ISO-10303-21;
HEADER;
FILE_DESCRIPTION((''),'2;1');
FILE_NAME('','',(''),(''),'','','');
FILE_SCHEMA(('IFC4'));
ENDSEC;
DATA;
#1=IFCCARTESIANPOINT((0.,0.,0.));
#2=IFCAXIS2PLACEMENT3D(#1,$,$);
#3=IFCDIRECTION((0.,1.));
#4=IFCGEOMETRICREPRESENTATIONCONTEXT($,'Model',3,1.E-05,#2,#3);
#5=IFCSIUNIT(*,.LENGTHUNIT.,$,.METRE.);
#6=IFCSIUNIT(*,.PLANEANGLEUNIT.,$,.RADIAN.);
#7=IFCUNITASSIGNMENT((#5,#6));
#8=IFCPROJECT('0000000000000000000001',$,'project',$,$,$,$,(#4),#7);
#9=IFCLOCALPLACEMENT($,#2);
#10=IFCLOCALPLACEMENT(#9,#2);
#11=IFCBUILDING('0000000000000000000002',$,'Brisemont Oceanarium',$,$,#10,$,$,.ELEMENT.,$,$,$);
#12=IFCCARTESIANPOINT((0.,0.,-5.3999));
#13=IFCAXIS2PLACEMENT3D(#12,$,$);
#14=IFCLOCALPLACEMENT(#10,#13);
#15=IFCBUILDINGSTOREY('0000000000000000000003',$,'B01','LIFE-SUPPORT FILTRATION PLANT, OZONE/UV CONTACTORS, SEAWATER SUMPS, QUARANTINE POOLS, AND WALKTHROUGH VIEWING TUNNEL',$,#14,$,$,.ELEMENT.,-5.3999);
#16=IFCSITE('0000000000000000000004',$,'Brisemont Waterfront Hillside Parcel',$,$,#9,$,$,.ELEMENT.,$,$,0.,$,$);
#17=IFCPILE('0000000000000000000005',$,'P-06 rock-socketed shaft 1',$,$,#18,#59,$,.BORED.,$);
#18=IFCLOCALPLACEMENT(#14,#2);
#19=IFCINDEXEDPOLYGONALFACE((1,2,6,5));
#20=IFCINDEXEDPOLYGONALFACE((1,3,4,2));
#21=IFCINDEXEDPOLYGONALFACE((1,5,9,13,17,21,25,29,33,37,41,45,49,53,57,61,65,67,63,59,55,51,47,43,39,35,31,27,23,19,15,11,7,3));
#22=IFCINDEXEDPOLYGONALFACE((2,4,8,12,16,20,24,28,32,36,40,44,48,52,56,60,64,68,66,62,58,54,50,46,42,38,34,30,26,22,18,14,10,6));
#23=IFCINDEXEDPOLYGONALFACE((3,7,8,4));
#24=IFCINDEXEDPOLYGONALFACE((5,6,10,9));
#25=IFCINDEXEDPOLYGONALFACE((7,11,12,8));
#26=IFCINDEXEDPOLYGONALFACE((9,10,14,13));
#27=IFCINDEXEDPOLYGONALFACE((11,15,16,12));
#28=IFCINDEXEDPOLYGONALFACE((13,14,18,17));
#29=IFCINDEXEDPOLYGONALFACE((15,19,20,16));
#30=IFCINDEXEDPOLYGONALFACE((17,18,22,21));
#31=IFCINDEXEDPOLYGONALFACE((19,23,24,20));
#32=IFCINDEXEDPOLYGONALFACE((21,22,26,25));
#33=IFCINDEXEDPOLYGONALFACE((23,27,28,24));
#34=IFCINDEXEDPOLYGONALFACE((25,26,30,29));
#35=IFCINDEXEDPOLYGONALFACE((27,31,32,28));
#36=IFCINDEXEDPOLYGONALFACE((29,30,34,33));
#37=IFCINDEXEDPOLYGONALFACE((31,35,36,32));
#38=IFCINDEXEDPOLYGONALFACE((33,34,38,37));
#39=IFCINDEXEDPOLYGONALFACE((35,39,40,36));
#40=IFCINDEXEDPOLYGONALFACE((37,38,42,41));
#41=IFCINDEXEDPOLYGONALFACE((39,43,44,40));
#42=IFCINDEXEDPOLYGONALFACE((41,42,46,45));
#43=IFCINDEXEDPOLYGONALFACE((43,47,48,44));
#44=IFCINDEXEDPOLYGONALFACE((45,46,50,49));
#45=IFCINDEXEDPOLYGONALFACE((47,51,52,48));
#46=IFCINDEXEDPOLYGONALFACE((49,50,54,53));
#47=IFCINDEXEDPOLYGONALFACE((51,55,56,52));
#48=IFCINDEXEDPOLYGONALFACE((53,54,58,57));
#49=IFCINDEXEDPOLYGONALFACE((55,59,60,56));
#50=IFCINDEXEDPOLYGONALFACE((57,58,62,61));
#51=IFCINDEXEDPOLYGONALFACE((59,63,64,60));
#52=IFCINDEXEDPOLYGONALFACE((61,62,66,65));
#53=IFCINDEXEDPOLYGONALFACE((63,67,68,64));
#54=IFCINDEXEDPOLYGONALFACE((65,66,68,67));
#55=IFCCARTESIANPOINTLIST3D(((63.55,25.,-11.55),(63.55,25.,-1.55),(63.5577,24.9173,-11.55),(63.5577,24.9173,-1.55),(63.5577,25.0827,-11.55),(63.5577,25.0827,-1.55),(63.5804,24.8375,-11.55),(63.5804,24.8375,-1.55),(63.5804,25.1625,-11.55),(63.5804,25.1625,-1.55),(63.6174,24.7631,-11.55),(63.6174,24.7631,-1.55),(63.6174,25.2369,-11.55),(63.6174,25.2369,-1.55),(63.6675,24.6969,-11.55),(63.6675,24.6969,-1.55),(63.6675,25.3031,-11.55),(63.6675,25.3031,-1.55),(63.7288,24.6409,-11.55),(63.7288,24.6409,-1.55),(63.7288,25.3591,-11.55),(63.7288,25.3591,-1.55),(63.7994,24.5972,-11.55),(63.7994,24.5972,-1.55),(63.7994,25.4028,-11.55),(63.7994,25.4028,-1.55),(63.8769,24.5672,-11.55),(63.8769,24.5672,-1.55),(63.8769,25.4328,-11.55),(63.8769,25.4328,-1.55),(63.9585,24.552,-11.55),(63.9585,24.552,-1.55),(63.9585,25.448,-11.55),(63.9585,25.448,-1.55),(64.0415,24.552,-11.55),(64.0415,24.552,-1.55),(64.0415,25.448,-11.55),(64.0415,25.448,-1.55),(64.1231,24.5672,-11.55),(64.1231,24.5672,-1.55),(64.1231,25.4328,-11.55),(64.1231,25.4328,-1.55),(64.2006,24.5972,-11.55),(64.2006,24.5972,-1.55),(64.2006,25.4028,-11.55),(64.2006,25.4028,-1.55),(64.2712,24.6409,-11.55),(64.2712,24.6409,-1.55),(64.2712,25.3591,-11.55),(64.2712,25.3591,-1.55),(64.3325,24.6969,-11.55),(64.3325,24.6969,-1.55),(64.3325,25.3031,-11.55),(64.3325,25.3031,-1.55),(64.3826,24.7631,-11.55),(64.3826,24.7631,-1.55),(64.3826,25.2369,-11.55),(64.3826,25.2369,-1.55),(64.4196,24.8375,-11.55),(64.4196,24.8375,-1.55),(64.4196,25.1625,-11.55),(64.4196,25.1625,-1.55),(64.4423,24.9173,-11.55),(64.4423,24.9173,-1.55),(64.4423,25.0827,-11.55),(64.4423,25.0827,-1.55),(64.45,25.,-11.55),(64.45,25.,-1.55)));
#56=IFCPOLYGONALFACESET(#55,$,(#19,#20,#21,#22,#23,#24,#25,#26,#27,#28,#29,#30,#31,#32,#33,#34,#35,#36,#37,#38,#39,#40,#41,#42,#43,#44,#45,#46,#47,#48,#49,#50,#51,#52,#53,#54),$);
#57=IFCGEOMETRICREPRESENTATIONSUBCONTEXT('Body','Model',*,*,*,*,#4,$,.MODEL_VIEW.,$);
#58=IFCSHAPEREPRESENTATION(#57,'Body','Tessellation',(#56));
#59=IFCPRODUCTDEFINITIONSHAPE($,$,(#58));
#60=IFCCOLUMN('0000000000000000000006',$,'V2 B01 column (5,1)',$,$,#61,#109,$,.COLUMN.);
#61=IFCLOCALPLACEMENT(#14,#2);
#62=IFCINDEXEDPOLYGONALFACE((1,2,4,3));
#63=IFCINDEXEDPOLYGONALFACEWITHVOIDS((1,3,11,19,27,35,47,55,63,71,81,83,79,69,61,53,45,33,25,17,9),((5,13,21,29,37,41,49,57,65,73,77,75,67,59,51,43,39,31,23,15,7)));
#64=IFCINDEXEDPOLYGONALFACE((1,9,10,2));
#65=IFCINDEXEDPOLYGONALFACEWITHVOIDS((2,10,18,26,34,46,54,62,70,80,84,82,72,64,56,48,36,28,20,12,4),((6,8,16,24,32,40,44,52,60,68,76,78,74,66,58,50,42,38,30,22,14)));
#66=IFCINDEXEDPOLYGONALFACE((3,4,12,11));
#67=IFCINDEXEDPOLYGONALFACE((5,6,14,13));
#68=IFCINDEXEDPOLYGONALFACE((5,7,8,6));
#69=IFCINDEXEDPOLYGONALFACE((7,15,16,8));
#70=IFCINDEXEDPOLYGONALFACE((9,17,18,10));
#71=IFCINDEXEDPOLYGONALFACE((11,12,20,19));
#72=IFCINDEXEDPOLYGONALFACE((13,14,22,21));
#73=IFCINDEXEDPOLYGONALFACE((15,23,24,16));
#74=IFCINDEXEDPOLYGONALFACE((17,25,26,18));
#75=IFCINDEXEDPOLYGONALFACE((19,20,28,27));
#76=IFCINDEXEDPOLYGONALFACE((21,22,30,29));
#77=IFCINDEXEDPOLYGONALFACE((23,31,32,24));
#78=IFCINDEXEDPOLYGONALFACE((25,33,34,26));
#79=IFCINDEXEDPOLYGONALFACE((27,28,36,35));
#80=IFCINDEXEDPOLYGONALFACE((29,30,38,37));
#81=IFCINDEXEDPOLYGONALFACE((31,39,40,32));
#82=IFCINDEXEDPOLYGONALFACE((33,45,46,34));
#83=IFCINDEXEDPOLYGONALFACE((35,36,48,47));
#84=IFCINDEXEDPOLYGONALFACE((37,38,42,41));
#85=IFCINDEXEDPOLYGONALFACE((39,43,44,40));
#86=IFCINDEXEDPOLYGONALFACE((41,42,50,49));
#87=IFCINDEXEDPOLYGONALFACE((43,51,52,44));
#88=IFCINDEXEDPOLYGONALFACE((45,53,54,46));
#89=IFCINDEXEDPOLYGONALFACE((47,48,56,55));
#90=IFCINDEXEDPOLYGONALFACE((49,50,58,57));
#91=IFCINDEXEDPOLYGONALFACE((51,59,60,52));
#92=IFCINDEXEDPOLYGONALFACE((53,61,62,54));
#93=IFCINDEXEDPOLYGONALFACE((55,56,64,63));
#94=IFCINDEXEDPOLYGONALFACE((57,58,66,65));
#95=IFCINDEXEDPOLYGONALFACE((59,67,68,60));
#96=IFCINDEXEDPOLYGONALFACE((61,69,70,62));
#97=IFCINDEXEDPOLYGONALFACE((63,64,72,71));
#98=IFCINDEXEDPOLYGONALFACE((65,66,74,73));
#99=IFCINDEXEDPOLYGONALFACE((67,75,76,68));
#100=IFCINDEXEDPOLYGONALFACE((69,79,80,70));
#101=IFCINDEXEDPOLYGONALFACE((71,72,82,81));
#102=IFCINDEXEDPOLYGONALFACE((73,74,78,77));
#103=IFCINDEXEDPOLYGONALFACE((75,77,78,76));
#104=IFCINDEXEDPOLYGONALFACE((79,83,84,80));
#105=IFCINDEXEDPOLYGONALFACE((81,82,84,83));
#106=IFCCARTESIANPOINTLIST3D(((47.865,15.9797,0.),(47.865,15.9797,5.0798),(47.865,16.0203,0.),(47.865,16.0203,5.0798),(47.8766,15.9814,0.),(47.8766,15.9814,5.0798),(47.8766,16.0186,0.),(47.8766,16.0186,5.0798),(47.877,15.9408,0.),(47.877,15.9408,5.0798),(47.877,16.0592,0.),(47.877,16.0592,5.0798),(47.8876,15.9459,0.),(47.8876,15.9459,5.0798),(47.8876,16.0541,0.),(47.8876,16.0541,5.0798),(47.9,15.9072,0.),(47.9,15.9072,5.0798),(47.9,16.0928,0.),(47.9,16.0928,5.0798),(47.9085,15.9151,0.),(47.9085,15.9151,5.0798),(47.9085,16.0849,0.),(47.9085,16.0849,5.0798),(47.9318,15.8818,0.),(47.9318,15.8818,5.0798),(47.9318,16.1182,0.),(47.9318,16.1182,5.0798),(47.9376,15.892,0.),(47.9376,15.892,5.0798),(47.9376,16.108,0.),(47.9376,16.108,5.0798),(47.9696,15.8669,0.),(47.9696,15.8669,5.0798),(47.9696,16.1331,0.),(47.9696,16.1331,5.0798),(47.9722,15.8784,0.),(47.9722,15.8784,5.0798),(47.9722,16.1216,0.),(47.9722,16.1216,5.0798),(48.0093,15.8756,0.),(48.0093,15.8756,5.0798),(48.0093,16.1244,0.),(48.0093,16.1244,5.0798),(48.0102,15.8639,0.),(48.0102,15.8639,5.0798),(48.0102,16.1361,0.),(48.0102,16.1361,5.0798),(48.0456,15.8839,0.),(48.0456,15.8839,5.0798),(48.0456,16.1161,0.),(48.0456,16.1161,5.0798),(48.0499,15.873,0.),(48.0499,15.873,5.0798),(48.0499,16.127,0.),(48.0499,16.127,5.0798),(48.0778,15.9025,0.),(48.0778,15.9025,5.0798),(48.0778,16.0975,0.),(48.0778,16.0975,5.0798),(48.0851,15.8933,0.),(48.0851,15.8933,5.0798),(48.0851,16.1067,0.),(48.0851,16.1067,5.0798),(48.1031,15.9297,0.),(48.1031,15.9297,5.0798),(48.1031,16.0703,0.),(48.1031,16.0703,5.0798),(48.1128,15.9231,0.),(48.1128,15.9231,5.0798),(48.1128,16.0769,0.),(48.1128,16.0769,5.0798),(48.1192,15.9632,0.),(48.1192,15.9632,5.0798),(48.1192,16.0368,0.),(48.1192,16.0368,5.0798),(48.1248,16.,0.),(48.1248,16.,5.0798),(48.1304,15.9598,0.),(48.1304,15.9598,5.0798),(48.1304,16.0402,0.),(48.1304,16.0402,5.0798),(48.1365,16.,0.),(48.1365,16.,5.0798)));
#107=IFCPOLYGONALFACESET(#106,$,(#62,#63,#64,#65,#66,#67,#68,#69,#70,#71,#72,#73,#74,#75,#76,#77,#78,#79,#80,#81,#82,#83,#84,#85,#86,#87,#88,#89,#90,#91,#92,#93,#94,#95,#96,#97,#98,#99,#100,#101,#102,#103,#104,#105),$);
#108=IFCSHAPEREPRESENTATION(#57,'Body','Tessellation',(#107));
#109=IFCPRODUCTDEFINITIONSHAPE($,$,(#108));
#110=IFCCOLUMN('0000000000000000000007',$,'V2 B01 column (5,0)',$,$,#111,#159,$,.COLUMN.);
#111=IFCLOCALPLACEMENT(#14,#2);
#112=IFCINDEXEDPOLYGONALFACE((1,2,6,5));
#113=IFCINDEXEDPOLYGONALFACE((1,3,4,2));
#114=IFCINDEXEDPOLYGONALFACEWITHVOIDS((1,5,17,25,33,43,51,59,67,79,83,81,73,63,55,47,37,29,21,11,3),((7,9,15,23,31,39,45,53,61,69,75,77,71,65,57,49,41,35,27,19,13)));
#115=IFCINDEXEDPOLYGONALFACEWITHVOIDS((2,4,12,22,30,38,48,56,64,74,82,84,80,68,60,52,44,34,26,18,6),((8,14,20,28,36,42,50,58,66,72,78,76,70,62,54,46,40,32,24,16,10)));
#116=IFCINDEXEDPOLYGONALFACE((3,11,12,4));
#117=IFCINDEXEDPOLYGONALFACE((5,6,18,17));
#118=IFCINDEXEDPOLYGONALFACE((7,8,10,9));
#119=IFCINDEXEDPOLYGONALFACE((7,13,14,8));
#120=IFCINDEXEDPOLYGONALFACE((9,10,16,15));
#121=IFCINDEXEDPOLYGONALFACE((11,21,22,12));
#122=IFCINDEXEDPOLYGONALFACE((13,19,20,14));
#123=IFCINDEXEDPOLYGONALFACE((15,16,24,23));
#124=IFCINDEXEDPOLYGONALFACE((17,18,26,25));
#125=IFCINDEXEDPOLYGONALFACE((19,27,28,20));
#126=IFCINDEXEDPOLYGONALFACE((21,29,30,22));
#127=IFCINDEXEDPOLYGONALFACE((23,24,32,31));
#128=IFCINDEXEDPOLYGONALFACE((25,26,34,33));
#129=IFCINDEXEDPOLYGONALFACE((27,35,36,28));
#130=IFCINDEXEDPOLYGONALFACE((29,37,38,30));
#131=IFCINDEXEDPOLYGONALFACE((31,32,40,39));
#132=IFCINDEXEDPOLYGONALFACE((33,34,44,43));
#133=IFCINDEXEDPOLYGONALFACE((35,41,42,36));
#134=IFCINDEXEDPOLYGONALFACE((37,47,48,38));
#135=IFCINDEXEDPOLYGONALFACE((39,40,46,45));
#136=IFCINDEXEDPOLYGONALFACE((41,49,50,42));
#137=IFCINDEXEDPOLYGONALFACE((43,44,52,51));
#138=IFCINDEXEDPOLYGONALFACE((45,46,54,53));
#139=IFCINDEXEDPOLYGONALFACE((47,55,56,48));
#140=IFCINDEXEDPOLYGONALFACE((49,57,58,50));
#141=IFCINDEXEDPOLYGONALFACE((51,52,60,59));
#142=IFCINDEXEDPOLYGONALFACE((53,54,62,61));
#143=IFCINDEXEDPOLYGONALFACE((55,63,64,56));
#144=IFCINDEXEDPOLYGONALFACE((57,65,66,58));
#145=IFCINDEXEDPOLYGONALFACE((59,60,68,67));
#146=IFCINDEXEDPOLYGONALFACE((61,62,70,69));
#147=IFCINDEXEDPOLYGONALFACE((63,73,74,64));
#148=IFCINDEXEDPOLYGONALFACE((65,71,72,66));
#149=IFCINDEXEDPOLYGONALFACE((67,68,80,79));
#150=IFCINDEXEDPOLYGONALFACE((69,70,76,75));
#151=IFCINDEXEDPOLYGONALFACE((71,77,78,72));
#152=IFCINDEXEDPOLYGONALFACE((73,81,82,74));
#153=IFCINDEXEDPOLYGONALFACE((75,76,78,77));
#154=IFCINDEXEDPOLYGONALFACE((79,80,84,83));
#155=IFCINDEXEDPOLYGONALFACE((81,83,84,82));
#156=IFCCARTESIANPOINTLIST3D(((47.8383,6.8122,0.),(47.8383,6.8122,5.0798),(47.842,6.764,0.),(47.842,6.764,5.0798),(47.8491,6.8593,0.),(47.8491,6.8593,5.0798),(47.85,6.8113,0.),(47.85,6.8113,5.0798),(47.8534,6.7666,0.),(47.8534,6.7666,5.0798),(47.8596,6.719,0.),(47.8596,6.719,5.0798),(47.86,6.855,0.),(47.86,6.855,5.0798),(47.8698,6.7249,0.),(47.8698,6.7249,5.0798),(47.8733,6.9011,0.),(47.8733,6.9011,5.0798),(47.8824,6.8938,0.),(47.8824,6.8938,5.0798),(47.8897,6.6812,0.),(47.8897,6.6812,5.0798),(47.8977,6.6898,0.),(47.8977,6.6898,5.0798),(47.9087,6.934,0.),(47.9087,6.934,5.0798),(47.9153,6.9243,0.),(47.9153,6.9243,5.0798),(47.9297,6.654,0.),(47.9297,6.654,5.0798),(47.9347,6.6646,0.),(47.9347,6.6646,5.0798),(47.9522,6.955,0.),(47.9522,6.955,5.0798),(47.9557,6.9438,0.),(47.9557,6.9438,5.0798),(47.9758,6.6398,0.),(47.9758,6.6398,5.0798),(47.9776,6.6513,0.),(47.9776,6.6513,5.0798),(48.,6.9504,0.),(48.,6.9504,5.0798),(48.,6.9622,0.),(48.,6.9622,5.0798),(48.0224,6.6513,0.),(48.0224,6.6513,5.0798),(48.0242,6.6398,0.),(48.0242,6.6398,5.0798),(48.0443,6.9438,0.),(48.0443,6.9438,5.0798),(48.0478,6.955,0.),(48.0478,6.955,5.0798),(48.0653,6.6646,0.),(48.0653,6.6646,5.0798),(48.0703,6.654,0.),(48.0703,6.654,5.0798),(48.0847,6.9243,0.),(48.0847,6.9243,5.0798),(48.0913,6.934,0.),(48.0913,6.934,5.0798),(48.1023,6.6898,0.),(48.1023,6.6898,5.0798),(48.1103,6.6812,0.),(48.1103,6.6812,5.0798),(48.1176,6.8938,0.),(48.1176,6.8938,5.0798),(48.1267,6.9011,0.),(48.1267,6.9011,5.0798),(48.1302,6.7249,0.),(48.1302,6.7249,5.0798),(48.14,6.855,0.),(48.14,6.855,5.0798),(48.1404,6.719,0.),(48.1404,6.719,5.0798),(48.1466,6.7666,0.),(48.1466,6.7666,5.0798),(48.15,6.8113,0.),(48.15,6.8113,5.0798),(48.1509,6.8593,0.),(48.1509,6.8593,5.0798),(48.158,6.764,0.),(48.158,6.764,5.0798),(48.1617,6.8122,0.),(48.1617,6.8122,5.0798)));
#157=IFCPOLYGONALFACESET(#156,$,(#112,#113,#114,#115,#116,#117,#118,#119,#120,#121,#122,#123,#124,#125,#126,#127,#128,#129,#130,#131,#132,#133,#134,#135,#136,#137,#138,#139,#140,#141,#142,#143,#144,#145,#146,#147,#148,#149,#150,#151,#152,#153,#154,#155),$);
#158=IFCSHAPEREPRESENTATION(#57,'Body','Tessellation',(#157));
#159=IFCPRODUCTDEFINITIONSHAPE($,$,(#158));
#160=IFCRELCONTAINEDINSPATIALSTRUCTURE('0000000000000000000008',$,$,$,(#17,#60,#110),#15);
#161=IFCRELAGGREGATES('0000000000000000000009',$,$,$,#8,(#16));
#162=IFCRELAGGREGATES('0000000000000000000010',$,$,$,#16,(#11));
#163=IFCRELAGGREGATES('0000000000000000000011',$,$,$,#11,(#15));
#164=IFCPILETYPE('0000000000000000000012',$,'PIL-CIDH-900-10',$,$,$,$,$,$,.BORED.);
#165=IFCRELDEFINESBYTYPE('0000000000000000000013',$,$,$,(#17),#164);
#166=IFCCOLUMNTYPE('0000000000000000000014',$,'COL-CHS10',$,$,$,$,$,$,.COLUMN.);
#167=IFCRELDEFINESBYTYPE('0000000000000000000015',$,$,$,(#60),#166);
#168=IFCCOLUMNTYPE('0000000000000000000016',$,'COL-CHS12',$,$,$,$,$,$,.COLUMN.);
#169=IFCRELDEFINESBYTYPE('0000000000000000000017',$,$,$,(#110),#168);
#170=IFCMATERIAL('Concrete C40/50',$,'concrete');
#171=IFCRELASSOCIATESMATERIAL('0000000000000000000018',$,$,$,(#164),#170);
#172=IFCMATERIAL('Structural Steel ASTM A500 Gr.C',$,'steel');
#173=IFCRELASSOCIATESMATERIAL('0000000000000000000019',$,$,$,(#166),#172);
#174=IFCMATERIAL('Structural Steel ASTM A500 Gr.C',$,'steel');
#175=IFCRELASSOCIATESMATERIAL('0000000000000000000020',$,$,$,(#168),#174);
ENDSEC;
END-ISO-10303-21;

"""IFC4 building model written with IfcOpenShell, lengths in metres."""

from ifc_helpers import new_model, si_unit, direction, frame, origin, origin_2d, place, context, subcontext, project, spatial, circle, hollow_circle, extrude, material, material_profile, profile_set, type_object, element, save


model = new_model("IFC4")

# Units and contexts
model_context = context("Model", 3, precision=1e-05, world=origin(), true_north=direction((0.0, 1.0)))
body_context = subcontext(model_context, "Body", "Model", "MODEL_VIEW")
ifc_project = project(units=[si_unit("LENGTHUNIT", "METRE"), si_unit("PLANEANGLEUNIT", "RADIAN")], contexts=[model_context])

# Site, building, storey
site_placement = place(None, origin())
site = spatial("IfcSite", under=ifc_project, at=site_placement, Name="Brisemont Waterfront Hillside Parcel", CompositionType="ELEMENT", RefElevation=0.0)
building_placement = place(site_placement, origin())
building = spatial("IfcBuilding", under=site, at=building_placement, Name="Brisemont Oceanarium", CompositionType="ELEMENT")
storey_placement = place(building_placement, frame((0.0, 0.0, -5.3999)))
storey = spatial("IfcBuildingStorey", under=building, at=storey_placement, Name="B01", Description="LIFE-SUPPORT FILTRATION PLANT, OZONE/UV CONTACTORS, SEAWATER SUMPS, QUARANTINE POOLS, AND WALKTHROUGH VIEWING TUNNEL", CompositionType="ELEMENT", Elevation=-5.3999)

# Pile
ifc_material_1 = material(Name="Concrete C40/50", Category="concrete")
ifc_material_profile_1 = material_profile(ifc_material_1, circle(Radius=0.45, at=origin_2d()), Name="CIDH-D900")
ifc_profile_set_1 = profile_set([ifc_material_profile_1], Name="Concrete C40/50")
pile_type_1 = type_object("IfcPileType", Name="PIL-CIDH-900-10", PredefinedType="BORED", material=ifc_profile_set_1)
pile_placement = place(storey_placement, frame((64.0, 25.0, -1.55), z_axis=(0.0, 0.0, -1.0), x_axis=(1.0, 0.0, 0.0)))
element("IfcPile", 1, at=pile_placement, inside=storey, type_object=pile_type_1, Name="P-06 rock-socketed shaft 1", PredefinedType="BORED", context=body_context, shape_type="SweptSolid", body=[
    extrude(circle(Radius=0.45, at=origin_2d()), origin(), (0.0, 0.0, 1.0), 10.0),
])

# Columns
ifc_material_2 = material(Name="Structural Steel ASTM A500 Gr.C", Category="steel")
ifc_material_profile_2 = material_profile(ifc_material_2, hollow_circle(Radius=0.1365, WallThickness=0.0117, at=origin_2d()), Name="HSS10.750X0.500")
ifc_profile_set_2 = profile_set([ifc_material_profile_2], Name="Structural Steel ASTM A500 Gr.C")
column_type_1 = type_object("IfcColumnType", Name="COL-CHS10", PredefinedType="COLUMN", material=ifc_profile_set_2)
column_1_placement = place(storey_placement, frame((48.0, 16.0, 0.0), z_axis=(0.0, 0.0, 1.0), x_axis=(1.0, 0.0, 0.0)))
element("IfcColumn", 2, at=column_1_placement, inside=storey, type_object=column_type_1, Name="V2 B01 column (5,1)", PredefinedType="COLUMN", context=body_context, shape_type="SweptSolid", body=[
    extrude(hollow_circle(Radius=0.1365, WallThickness=0.0117, at=origin_2d()), origin(), (0.0, 0.0, 1.0), 5.0798),
])
ifc_material_3 = material(Name="Structural Steel ASTM A500 Gr.C", Category="steel")
ifc_material_profile_3 = material_profile(ifc_material_3, hollow_circle(Radius=0.1621, WallThickness=0.0117, at=origin_2d()), Name="HSS12.750X0.500")
ifc_profile_set_3 = profile_set([ifc_material_profile_3], Name="Structural Steel ASTM A500 Gr.C")
column_type_2 = type_object("IfcColumnType", Name="COL-CHS12", PredefinedType="COLUMN", material=ifc_profile_set_3)
column_2_placement = place(storey_placement, frame((48.0, 6.8, 0.0), z_axis=(0.0, 0.0, 1.0), x_axis=(0.0, 1.0, 0.0)))
element("IfcColumn", 3, at=column_2_placement, inside=storey, type_object=column_type_2, Name="V2 B01 column (5,0)", PredefinedType="COLUMN", context=body_context, shape_type="SweptSolid", body=[
    extrude(hollow_circle(Radius=0.1621, WallThickness=0.0117, at=origin_2d()), origin(), (0.0, 0.0, 1.0), 5.0798),
])

save(model, "model.ifc")
